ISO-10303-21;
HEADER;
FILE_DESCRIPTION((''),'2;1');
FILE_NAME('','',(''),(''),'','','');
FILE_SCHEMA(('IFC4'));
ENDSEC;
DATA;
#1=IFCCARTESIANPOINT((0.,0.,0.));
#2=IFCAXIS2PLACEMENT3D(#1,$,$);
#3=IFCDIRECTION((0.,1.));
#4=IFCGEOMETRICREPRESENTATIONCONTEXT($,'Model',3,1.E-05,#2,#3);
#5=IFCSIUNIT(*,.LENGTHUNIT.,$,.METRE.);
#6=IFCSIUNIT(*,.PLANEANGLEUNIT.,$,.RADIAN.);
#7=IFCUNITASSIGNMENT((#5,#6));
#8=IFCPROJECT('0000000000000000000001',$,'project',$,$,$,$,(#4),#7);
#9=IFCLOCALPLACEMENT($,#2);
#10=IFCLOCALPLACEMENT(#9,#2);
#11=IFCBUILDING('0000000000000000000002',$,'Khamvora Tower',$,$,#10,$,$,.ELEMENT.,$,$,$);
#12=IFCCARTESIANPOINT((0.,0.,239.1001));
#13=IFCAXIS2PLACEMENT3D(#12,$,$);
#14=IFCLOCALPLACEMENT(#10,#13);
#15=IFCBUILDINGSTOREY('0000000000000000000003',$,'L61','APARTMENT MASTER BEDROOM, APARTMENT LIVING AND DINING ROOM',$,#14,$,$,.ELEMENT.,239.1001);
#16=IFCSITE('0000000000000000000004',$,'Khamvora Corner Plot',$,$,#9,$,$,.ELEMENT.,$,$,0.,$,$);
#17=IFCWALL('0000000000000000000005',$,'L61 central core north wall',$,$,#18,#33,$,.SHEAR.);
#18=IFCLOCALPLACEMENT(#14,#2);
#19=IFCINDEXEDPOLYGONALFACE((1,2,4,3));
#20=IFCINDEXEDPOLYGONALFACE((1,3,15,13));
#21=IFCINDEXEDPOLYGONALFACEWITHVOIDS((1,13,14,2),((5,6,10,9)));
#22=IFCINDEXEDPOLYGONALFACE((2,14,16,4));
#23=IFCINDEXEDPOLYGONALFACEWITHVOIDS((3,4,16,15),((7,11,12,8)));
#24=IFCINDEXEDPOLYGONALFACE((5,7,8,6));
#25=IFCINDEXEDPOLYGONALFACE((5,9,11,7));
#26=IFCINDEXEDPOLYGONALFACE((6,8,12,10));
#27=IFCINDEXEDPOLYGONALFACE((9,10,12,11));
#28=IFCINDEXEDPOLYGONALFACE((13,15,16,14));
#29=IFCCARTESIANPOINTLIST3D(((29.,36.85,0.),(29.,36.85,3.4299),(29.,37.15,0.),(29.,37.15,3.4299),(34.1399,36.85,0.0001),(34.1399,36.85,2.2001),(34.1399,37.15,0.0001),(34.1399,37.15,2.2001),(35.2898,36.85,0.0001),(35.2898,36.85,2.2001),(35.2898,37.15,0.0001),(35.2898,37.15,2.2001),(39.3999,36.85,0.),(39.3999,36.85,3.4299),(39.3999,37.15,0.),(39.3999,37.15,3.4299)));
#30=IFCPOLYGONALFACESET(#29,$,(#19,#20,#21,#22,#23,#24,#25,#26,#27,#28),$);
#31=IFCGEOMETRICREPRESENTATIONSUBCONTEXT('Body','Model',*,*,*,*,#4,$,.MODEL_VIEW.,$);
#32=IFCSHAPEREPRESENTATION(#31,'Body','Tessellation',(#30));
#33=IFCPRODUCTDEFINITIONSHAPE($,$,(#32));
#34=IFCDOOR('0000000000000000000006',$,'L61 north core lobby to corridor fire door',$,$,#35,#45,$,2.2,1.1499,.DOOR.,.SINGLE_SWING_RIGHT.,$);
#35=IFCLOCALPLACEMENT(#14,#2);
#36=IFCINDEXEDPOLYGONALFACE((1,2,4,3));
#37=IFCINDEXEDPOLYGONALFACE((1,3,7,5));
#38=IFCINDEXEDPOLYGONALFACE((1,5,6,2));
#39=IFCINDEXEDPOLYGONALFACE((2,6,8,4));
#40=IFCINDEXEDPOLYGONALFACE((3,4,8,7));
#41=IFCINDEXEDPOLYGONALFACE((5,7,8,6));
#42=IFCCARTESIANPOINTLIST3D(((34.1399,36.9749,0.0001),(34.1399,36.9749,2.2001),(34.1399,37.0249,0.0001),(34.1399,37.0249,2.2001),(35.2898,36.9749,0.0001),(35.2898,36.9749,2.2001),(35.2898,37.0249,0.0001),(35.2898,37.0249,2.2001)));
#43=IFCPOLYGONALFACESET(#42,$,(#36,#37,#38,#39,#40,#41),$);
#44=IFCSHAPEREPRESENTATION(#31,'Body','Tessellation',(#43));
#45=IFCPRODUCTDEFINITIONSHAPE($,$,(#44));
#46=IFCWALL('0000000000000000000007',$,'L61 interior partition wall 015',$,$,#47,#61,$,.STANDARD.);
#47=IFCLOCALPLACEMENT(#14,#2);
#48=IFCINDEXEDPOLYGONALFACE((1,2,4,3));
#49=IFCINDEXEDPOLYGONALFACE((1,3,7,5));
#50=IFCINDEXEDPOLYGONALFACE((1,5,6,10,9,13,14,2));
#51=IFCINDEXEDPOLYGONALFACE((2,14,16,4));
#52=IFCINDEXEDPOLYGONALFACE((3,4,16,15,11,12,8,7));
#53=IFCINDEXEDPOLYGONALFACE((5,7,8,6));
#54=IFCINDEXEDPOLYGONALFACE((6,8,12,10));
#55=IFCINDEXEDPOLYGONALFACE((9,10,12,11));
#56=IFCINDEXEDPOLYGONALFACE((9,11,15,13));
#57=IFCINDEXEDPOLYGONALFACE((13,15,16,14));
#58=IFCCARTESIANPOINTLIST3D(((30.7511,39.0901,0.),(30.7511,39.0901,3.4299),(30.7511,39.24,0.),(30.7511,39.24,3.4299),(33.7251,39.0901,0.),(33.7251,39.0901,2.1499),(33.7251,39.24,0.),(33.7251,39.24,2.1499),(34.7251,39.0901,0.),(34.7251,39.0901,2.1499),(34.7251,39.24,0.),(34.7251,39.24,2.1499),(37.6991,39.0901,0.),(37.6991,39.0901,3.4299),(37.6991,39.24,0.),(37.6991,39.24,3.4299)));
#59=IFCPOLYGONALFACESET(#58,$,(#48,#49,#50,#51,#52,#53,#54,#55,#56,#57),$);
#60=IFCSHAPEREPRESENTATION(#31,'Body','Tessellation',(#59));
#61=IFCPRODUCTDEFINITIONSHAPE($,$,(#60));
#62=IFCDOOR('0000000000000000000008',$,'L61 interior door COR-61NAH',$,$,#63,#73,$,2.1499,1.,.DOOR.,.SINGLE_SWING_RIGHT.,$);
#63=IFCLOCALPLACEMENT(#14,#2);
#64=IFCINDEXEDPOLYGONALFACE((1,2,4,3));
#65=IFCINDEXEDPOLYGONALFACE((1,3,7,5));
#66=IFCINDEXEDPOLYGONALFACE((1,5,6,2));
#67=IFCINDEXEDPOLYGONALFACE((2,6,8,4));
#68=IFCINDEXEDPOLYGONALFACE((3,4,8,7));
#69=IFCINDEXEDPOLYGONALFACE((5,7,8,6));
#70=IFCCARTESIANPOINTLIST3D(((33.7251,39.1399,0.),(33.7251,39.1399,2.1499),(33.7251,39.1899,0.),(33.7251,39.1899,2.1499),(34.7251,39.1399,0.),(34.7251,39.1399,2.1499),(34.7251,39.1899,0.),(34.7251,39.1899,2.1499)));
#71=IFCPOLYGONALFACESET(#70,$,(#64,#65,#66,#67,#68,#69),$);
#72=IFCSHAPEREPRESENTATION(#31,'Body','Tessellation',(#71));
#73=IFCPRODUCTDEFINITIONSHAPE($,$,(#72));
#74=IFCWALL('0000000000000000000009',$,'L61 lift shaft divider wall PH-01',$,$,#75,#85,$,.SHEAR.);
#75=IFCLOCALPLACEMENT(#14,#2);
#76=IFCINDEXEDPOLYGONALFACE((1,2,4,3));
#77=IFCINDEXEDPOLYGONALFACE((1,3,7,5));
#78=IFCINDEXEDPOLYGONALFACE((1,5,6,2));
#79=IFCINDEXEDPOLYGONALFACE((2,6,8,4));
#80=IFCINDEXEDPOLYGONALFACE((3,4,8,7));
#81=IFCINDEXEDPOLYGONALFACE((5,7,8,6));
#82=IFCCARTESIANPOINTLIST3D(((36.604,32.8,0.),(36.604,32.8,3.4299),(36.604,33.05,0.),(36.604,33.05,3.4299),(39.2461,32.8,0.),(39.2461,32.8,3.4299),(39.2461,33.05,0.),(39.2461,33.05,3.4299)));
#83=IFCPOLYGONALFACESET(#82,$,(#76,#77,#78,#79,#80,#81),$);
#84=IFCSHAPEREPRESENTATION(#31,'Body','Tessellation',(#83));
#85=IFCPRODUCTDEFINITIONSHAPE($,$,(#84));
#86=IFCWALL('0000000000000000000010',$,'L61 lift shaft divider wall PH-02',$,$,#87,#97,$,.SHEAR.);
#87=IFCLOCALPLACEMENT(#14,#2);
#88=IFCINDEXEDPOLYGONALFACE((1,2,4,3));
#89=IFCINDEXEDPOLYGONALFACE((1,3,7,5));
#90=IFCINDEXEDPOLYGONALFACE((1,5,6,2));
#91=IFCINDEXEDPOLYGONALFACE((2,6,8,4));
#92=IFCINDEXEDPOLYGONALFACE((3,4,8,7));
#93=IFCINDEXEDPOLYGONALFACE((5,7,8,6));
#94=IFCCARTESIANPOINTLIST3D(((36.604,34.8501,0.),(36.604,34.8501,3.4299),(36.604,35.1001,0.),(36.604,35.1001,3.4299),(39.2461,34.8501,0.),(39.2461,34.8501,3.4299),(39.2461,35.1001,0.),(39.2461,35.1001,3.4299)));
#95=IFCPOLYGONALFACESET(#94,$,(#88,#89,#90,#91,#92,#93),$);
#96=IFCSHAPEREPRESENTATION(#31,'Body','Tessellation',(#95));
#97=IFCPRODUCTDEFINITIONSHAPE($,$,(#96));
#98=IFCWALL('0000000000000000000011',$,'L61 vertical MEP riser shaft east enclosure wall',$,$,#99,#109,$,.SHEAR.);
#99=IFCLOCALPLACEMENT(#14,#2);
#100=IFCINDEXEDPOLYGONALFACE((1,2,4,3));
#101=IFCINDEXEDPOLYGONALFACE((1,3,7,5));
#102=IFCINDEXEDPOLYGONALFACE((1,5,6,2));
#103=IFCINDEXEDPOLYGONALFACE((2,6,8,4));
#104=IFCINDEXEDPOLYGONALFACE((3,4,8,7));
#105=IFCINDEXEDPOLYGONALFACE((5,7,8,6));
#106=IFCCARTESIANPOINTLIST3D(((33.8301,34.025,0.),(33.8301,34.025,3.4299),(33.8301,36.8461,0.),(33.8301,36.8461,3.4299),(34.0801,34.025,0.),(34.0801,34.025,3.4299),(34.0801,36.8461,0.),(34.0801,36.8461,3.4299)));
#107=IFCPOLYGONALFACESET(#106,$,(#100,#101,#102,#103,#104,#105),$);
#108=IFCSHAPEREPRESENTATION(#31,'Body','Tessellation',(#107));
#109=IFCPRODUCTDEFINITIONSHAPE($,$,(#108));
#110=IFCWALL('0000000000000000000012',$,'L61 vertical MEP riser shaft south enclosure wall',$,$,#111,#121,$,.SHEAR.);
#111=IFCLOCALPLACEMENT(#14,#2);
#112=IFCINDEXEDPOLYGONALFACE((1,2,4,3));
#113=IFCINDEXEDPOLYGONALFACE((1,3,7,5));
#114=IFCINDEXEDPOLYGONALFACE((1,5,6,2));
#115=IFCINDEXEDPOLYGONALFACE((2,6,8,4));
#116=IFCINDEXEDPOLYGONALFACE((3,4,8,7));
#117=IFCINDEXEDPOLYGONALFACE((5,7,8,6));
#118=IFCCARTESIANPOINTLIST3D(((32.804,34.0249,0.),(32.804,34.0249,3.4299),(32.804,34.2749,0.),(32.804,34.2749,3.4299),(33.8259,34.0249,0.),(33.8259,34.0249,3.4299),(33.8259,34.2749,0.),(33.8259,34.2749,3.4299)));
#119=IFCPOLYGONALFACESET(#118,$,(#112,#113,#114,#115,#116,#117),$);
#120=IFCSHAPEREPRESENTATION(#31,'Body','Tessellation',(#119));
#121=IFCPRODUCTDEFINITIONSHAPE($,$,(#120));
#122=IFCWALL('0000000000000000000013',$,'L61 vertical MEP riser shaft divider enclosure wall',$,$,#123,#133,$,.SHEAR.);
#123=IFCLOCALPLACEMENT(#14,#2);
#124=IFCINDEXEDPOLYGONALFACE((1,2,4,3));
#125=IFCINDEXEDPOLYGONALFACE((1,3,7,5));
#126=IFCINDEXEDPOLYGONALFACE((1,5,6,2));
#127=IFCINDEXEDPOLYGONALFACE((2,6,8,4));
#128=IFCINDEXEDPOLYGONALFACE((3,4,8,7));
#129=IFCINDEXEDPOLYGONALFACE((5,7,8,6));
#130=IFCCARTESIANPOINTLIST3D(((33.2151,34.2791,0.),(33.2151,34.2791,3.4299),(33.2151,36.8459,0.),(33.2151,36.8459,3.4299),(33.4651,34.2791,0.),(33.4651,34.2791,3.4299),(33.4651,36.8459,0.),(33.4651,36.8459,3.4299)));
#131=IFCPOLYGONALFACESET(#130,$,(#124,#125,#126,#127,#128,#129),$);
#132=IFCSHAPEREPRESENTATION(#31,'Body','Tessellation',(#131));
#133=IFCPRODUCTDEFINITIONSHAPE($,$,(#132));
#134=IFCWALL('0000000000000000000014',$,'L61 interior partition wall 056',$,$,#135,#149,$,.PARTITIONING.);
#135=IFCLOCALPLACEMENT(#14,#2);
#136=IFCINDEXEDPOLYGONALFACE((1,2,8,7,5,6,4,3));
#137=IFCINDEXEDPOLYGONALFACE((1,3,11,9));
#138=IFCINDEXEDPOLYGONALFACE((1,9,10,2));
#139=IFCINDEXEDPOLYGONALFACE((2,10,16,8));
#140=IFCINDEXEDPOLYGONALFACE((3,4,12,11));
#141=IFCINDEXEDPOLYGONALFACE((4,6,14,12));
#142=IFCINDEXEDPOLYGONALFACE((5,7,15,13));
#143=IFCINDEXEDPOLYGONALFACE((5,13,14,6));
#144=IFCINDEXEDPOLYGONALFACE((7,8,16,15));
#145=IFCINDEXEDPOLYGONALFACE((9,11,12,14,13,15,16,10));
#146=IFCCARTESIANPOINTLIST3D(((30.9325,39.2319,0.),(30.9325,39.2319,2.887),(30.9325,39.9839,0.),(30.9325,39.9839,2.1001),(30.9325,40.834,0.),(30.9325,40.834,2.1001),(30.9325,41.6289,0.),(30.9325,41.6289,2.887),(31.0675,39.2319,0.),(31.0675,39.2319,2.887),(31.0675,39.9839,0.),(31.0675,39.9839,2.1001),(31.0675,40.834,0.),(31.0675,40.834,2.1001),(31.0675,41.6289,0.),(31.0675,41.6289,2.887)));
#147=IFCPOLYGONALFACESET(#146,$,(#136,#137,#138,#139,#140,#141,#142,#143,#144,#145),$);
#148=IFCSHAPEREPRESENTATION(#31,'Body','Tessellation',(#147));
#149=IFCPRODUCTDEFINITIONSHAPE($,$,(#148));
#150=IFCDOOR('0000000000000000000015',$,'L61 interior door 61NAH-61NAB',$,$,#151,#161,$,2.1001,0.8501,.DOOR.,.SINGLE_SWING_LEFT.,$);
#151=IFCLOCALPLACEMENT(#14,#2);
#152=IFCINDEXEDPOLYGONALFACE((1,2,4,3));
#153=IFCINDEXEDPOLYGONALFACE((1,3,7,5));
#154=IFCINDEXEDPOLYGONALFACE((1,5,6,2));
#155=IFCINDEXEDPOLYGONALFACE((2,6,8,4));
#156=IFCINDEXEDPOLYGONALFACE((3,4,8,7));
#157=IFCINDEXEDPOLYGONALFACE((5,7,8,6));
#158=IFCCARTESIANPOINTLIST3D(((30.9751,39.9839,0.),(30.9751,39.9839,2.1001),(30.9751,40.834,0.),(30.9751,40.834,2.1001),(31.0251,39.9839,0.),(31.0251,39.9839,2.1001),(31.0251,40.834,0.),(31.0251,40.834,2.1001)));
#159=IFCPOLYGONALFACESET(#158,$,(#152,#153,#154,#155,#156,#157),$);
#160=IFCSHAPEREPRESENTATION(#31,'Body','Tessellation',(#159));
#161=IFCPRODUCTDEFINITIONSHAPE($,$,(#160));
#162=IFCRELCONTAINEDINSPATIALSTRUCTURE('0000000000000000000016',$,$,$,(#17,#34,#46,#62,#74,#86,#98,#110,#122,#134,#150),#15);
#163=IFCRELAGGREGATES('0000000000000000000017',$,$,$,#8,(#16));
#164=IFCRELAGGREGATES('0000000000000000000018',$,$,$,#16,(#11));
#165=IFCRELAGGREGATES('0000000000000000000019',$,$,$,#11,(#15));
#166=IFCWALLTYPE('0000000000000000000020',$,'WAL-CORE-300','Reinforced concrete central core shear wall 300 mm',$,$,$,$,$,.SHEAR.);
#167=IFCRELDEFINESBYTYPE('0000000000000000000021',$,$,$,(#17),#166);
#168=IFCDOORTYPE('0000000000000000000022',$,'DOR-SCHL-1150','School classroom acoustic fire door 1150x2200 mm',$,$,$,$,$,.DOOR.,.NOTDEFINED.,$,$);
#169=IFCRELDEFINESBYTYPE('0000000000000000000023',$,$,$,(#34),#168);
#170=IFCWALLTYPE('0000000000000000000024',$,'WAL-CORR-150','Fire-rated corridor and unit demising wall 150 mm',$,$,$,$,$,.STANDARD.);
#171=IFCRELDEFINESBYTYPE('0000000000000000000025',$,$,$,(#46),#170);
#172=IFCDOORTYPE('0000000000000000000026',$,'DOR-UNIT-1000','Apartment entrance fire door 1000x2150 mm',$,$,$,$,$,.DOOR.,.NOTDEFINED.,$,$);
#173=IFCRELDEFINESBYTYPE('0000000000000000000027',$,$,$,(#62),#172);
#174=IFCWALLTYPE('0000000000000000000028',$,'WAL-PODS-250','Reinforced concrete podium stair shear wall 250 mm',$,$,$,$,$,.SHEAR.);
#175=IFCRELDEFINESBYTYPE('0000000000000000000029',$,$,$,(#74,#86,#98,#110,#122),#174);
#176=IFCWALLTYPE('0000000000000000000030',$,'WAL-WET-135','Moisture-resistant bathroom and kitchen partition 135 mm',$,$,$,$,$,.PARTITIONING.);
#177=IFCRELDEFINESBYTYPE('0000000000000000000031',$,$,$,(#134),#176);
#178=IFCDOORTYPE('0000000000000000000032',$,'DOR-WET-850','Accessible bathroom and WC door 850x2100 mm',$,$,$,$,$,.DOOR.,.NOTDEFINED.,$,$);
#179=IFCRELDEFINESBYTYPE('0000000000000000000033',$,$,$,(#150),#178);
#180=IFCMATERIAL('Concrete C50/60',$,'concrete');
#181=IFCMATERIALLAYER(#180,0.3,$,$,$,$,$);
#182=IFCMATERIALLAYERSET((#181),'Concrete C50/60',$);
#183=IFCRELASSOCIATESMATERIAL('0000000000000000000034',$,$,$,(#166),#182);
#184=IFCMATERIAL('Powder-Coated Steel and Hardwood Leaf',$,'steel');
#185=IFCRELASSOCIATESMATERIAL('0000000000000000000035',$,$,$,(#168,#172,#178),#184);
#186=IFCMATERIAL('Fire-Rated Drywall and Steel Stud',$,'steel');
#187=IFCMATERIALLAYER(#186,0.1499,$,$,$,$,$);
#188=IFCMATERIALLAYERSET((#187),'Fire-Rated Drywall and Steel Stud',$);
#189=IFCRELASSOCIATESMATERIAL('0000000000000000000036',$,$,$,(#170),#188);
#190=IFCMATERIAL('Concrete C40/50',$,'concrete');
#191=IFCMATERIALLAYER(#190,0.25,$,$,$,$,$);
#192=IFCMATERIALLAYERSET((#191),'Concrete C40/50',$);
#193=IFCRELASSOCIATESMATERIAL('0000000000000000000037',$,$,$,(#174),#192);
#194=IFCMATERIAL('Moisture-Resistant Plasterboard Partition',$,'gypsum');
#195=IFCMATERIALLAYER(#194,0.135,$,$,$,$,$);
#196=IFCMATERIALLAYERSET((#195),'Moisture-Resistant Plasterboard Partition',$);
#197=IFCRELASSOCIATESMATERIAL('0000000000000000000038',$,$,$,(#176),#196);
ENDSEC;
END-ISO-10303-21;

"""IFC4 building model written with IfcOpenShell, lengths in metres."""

from ifc_helpers import new_model, si_unit, direction, frame, frame_2d, origin, place, context, subcontext, project, spatial, rectangle, extrude, material, layer, layer_set, type_object, element, fill, save


model = new_model("IFC4")

# Units and contexts
model_context = context("Model", 3, precision=1e-05, world=origin(), true_north=direction((0.0, 1.0)))
body_context = subcontext(model_context, "Body", "Model", "MODEL_VIEW")
ifc_project = project(units=[si_unit("LENGTHUNIT", "METRE"), si_unit("PLANEANGLEUNIT", "RADIAN")], contexts=[model_context])

# Site, building, storey
site_placement = place(None, origin())
site = spatial("IfcSite", under=ifc_project, at=site_placement, Name="Khamvora Corner Plot", CompositionType="ELEMENT", RefElevation=0.0)
building_placement = place(site_placement, origin())
building = spatial("IfcBuilding", under=site, at=building_placement, Name="Khamvora Tower", CompositionType="ELEMENT")
storey_placement = place(building_placement, frame((0.0, 0.0, 239.1001)))
storey = spatial("IfcBuildingStorey", under=building, at=storey_placement, Name="L61", Description="APARTMENT MASTER BEDROOM, APARTMENT LIVING AND DINING ROOM", CompositionType="ELEMENT", Elevation=239.1001)

# Walls, openings, doors
ifc_material_1 = material(Name="Concrete C50/60", Category="concrete")
ifc_layer_1 = layer(ifc_material_1, 0.3)
ifc_layer_set_1 = layer_set([ifc_layer_1], Name="Concrete C50/60")
wall_type_1 = type_object("IfcWallType", Name="WAL-CORE-300", Description="Reinforced concrete central core shear wall 300 mm", PredefinedType="SHEAR", material=ifc_layer_set_1)
wall_1_placement = place(storey_placement, frame((29.0, 37.0, 0.0), z_axis=(0.0, 0.0, 1.0), x_axis=(1.0, 0.0, 0.0)))
wall_1 = element("IfcWall", 1, at=wall_1_placement, inside=storey, type_object=wall_type_1, Name="L61 central core north wall", PredefinedType="SHEAR", context=body_context, shape_type="SweptSolid", body=[
    extrude(rectangle(XDim=10.3999, YDim=0.3, at=frame_2d((5.2, 0.0))), origin(), (0.0, 0.0, 1.0), 3.4299),
])
opening_1_placement = place(wall_1_placement, frame((5.1399, 0.0, 0.0)))
opening_1 = element("IfcOpeningElement", 2, at=opening_1_placement, cuts=wall_1, PredefinedType="OPENING", context=body_context, shape_type="SweptSolid", body=[
    extrude(rectangle(XDim=1.1499, YDim=2.2, at=frame_2d((0.575, 1.1001))), frame((0.0, 0.1599, 0.0), z_axis=(0.0, -1.0, 0.0), x_axis=(1.0, 0.0, 0.0)), (0.0, 0.0, 1.0), 0.3201),
])
ifc_material_2 = material(Name="Powder-Coated Steel and Hardwood Leaf", Category="steel")
door_type_1 = type_object("IfcDoorType", Name="DOR-SCHL-1150", Description="School classroom acoustic fire door 1150x2200 mm", OperationType="NOTDEFINED", PredefinedType="DOOR", material=ifc_material_2)
door_1_placement = place(opening_1_placement, origin())
door_1 = element("IfcDoor", 3, at=door_1_placement, inside=storey, type_object=door_type_1, Name="L61 north core lobby to corridor fire door", OperationType="SINGLE_SWING_RIGHT", OverallHeight=2.2, OverallWidth=1.1499, PredefinedType="DOOR", context=body_context, shape_type="SweptSolid", body=[
    extrude(rectangle(XDim=1.1499, YDim=2.2, at=frame_2d((0.575, 1.1001))), frame((0.0, 0.0249, 0.0), z_axis=(0.0, -1.0, 0.0), x_axis=(1.0, 0.0, 0.0)), (0.0, 0.0, 1.0), 0.05),
])
fill(opening_1, door_1)
ifc_material_3 = material(Name="Fire-Rated Drywall and Steel Stud", Category="steel")
ifc_layer_2 = layer(ifc_material_3, 0.1499)
ifc_layer_set_2 = layer_set([ifc_layer_2], Name="Fire-Rated Drywall and Steel Stud")
wall_type_2 = type_object("IfcWallType", Name="WAL-CORR-150", Description="Fire-rated corridor and unit demising wall 150 mm", PredefinedType="STANDARD", material=ifc_layer_set_2)
wall_2_placement = place(storey_placement, frame((30.751, 39.165, 0.0), z_axis=(0.0, 0.0, 1.0), x_axis=(1.0, 0.0, 0.0)))
wall_2 = element("IfcWall", 4, at=wall_2_placement, inside=storey, type_object=wall_type_2, Name="L61 interior partition wall 015", PredefinedType="STANDARD", context=body_context, shape_type="SweptSolid", body=[
    extrude(rectangle(XDim=6.948, YDim=0.1499, at=frame_2d((3.4741, 0.0))), origin(), (0.0, 0.0, 1.0), 3.4299),
])
opening_2_placement = place(wall_2_placement, frame((2.9741, 0.0, 0.0)))
opening_2 = element("IfcOpeningElement", 5, at=opening_2_placement, cuts=wall_2, PredefinedType="OPENING", context=body_context, shape_type="SweptSolid", body=[
    extrude(rectangle(XDim=1.0, YDim=2.1499, at=frame_2d((0.5, 1.075))), frame((0.0, 0.085, 0.0), z_axis=(0.0, -1.0, 0.0), x_axis=(1.0, 0.0, 0.0)), (0.0, 0.0, 1.0), 0.1699),
])
door_type_2 = type_object("IfcDoorType", Name="DOR-UNIT-1000", Description="Apartment entrance fire door 1000x2150 mm", OperationType="NOTDEFINED", PredefinedType="DOOR", material=ifc_material_2)
door_2_placement = place(opening_2_placement, origin())
door_2 = element("IfcDoor", 6, at=door_2_placement, inside=storey, type_object=door_type_2, Name="L61 interior door COR-61NAH", OperationType="SINGLE_SWING_RIGHT", OverallHeight=2.1499, OverallWidth=1.0, PredefinedType="DOOR", context=body_context, shape_type="SweptSolid", body=[
    extrude(rectangle(XDim=1.0, YDim=2.1499, at=frame_2d((0.5, 1.075))), frame((0.0, 0.0249, 0.0), z_axis=(0.0, -1.0, 0.0), x_axis=(1.0, 0.0, 0.0)), (0.0, 0.0, 1.0), 0.05),
])
fill(opening_2, door_2)

# Walls
ifc_material_4 = material(Name="Concrete C40/50", Category="concrete")
ifc_layer_3 = layer(ifc_material_4, 0.25)
ifc_layer_set_3 = layer_set([ifc_layer_3], Name="Concrete C40/50")
wall_type_3 = type_object("IfcWallType", Name="WAL-PODS-250", Description="Reinforced concrete podium stair shear wall 250 mm", PredefinedType="SHEAR", material=ifc_layer_set_3)
for number, where, z_axis, x_axis, name in (
    (7, (36.604, 32.925, 0.0), (0.0, 0.0, 1.0), (1.0, 0.0, 0.0), "L61 lift shaft divider wall PH-01"),
    (8, (36.604, 34.9751, 0.0), (0.0, 0.0, 1.0), (1.0, 0.0, 0.0), "L61 lift shaft divider wall PH-02"),
):
    element("IfcWall", number, at=place(storey_placement, frame(where, z_axis=z_axis, x_axis=x_axis)), inside=storey, type_object=wall_type_3, Name=name, PredefinedType="SHEAR", context=body_context, shape_type="SweptSolid", body=[
        extrude(rectangle(XDim=2.6421, YDim=0.25, at=frame_2d((1.321, 0.0))), origin(), (0.0, 0.0, 1.0), 3.4299),
    ])
wall_3_placement = place(storey_placement, frame((33.9551, 34.0249, 0.0), z_axis=(0.0, 0.0, 1.0), x_axis=(0.0, 1.0, 0.0)))
element("IfcWall", 9, at=wall_3_placement, inside=storey, type_object=wall_type_3, Name="L61 vertical MEP riser shaft east enclosure wall", PredefinedType="SHEAR", context=body_context, shape_type="SweptSolid", body=[
    extrude(rectangle(XDim=2.821, YDim=0.25, at=frame_2d((1.4106, 0.0))), origin(), (0.0, 0.0, 1.0), 3.4299),
])
wall_4_placement = place(storey_placement, frame((32.804, 34.1499, 0.0), z_axis=(0.0, 0.0, 1.0), x_axis=(1.0, 0.0, 0.0)))
element("IfcWall", 10, at=wall_4_placement, inside=storey, type_object=wall_type_3, Name="L61 vertical MEP riser shaft south enclosure wall", PredefinedType="SHEAR", context=body_context, shape_type="SweptSolid", body=[
    extrude(rectangle(XDim=1.022, YDim=0.25, at=frame_2d((0.511, 0.0))), origin(), (0.0, 0.0, 1.0), 3.4299),
])
wall_5_placement = place(storey_placement, frame((33.3401, 34.2791, 0.0), z_axis=(0.0, 0.0, 1.0), x_axis=(0.0, 1.0, 0.0)))
element("IfcWall", 11, at=wall_5_placement, inside=storey, type_object=wall_type_3, Name="L61 vertical MEP riser shaft divider enclosure wall", PredefinedType="SHEAR", context=body_context, shape_type="SweptSolid", body=[
    extrude(rectangle(XDim=2.5669, YDim=0.25, at=frame_2d((1.2834, 0.0))), origin(), (0.0, 0.0, 1.0), 3.4299),
])

# Wall, opening, door
ifc_material_5 = material(Name="Moisture-Resistant Plasterboard Partition", Category="gypsum")
ifc_layer_4 = layer(ifc_material_5, 0.135)
ifc_layer_set_4 = layer_set([ifc_layer_4], Name="Moisture-Resistant Plasterboard Partition")
wall_type_4 = type_object("IfcWallType", Name="WAL-WET-135", Description="Moisture-resistant bathroom and kitchen partition 135 mm", PredefinedType="PARTITIONING", material=ifc_layer_set_4)
wall_6_placement = place(storey_placement, frame((31.0, 39.2319, 0.0), z_axis=(0.0, 0.0, 1.0), x_axis=(0.0, 1.0, 0.0)))
wall_6 = element("IfcWall", 12, at=wall_6_placement, inside=storey, type_object=wall_type_4, Name="L61 interior partition wall 056", PredefinedType="PARTITIONING", context=body_context, shape_type="SweptSolid", body=[
    extrude(rectangle(XDim=2.397, YDim=0.135, at=frame_2d((1.1985, 0.0))), origin(), (0.0, 0.0, 1.0), 2.887),
])
opening_3_placement = place(wall_6_placement, frame((0.752, 0.0, 0.0)))
opening_3 = element("IfcOpeningElement", 13, at=opening_3_placement, cuts=wall_6, PredefinedType="OPENING", context=body_context, shape_type="SweptSolid", body=[
    extrude(rectangle(XDim=0.8501, YDim=2.1001, at=frame_2d((0.425, 1.05))), frame((0.0, 0.0774, 0.0), z_axis=(0.0, -1.0, 0.0), x_axis=(1.0, 0.0, 0.0)), (0.0, 0.0, 1.0), 0.155),
])
door_type_3 = type_object("IfcDoorType", Name="DOR-WET-850", Description="Accessible bathroom and WC door 850x2100 mm", OperationType="NOTDEFINED", PredefinedType="DOOR", material=ifc_material_2)
door_3_placement = place(opening_3_placement, origin())
door_3 = element("IfcDoor", 14, at=door_3_placement, inside=storey, type_object=door_type_3, Name="L61 interior door 61NAH-61NAB", OperationType="SINGLE_SWING_LEFT", OverallHeight=2.1001, OverallWidth=0.8501, PredefinedType="DOOR", context=body_context, shape_type="SweptSolid", body=[
    extrude(rectangle(XDim=0.8501, YDim=2.1001, at=frame_2d((0.425, 1.05))), frame((0.0, 0.0249, 0.0), z_axis=(0.0, -1.0, 0.0), x_axis=(1.0, 0.0, 0.0)), (0.0, 0.0, 1.0), 0.05),
])
fill(opening_3, door_3)

save(model, "model.ifc")
